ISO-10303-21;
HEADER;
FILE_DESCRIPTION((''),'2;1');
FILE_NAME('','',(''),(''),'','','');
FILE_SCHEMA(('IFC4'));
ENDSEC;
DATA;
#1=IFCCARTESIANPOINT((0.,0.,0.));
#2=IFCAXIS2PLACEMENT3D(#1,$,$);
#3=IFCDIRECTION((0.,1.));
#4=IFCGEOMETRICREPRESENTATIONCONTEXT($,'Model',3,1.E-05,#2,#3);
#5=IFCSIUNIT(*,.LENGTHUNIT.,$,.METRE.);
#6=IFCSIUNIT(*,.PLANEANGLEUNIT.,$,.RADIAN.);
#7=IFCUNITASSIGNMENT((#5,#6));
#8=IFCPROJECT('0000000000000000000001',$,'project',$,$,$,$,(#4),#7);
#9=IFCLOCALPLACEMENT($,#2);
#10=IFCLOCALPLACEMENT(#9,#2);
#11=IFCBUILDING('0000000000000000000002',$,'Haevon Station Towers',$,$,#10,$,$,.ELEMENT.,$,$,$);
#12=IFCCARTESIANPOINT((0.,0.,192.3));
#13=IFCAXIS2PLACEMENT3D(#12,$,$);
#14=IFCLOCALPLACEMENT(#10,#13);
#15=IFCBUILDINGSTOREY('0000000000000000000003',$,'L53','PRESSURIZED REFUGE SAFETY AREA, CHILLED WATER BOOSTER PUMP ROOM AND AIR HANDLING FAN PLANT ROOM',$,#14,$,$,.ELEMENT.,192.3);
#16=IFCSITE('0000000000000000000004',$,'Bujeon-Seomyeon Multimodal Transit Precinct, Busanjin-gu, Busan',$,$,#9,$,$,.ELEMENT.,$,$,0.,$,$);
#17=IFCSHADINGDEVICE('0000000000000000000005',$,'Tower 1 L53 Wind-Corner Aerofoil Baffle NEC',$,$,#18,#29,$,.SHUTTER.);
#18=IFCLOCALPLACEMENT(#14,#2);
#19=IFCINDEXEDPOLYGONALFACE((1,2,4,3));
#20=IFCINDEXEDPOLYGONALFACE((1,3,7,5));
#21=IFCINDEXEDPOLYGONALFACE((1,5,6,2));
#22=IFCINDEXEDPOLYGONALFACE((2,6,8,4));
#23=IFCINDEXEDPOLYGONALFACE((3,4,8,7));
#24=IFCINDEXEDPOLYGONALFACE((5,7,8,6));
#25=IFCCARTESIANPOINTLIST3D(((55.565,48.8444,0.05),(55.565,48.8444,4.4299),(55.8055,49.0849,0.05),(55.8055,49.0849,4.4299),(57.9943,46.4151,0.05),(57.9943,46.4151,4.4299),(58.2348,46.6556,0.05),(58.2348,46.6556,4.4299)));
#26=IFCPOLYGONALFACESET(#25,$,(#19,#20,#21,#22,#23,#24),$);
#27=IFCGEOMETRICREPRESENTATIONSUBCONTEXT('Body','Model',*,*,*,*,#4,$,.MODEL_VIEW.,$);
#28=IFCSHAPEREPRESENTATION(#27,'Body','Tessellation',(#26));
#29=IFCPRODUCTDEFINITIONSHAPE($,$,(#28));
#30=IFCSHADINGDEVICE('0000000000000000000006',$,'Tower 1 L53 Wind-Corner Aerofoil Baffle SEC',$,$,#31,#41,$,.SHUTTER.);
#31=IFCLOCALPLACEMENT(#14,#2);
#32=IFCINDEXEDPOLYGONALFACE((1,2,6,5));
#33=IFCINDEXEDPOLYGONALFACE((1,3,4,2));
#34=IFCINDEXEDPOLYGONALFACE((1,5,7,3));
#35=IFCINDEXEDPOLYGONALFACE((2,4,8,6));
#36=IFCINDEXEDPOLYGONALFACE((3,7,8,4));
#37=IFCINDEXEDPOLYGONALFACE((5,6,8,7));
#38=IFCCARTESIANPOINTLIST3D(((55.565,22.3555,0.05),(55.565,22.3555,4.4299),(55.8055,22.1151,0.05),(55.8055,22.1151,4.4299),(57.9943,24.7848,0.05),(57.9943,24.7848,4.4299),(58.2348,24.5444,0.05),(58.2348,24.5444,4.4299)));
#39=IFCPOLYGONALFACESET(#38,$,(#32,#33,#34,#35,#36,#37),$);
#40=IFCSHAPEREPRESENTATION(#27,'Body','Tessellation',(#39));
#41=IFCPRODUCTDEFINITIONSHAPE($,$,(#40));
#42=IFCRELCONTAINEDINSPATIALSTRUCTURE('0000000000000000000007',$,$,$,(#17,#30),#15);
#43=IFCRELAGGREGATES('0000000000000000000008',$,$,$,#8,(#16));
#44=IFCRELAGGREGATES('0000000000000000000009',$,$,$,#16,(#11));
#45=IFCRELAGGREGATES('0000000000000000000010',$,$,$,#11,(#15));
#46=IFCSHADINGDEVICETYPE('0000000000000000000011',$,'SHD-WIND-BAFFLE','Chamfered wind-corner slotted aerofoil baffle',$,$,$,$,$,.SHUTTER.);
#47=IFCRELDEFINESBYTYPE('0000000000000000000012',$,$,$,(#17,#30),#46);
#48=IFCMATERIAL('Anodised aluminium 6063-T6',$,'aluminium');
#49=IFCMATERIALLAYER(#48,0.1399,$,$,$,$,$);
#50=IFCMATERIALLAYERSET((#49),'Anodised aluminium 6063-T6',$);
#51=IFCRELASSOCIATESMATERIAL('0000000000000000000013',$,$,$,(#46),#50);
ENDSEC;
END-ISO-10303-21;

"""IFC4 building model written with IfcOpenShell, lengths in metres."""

from ifc_helpers import new_model, si_unit, direction, frame, origin, origin_2d, place, context, subcontext, project, spatial, rectangle, extrude, material, layer, layer_set, type_object, element, save


model = new_model("IFC4")

# Units and contexts
model_context = context("Model", 3, precision=1e-05, world=origin(), true_north=direction((0.0, 1.0)))
body_context = subcontext(model_context, "Body", "Model", "MODEL_VIEW")
ifc_project = project(units=[si_unit("LENGTHUNIT", "METRE"), si_unit("PLANEANGLEUNIT", "RADIAN")], contexts=[model_context])

# Site, building, storey
site_placement = place(None, origin())
site = spatial("IfcSite", under=ifc_project, at=site_placement, Name="Bujeon-Seomyeon Multimodal Transit Precinct, Busanjin-gu, Busan", CompositionType="ELEMENT", RefElevation=0.0)
building_placement = place(site_placement, origin())
building = spatial("IfcBuilding", under=site, at=building_placement, Name="Haevon Station Towers", CompositionType="ELEMENT")
storey_placement = place(building_placement, frame((0.0, 0.0, 192.3)))
storey = spatial("IfcBuildingStorey", under=building, at=storey_placement, Name="L53", Description="PRESSURIZED REFUGE SAFETY AREA, CHILLED WATER BOOSTER PUMP ROOM AND AIR HANDLING FAN PLANT ROOM", CompositionType="ELEMENT", Elevation=192.3)

# Shading devices
ifc_material_1 = material(Name="Anodised aluminium 6063-T6", Category="aluminium")
ifc_layer_1 = layer(ifc_material_1, 0.1399)
ifc_layer_set_1 = layer_set([ifc_layer_1], Name="Anodised aluminium 6063-T6")
shading_device_type = type_object("IfcShadingDeviceType", Name="SHD-WIND-BAFFLE", Description="Chamfered wind-corner slotted aerofoil baffle", PredefinedType="SHUTTER", material=ifc_layer_set_1)
for number, where, z_axis, x_axis, name in (
    (1, (56.8999, 47.75, 0.05), (0.0, 0.0, 1.0), (0.707107, -0.707107, 0.0), "Tower 1 L53 Wind-Corner Aerofoil Baffle NEC"),
    (2, (56.8999, 23.45, 0.05), (0.0, 0.0, 1.0), (-0.707107, -0.707107, 0.0), "Tower 1 L53 Wind-Corner Aerofoil Baffle SEC"),
):
    element("IfcShadingDevice", number, at=place(storey_placement, frame(where, z_axis=z_axis, x_axis=x_axis)), inside=storey, type_object=shading_device_type, Name=name, PredefinedType="SHUTTER", context=body_context, shape_type="SweptSolid", body=[
        extrude(rectangle(XDim=3.4355, YDim=0.3401, at=origin_2d()), origin(), (0.0, 0.0, 1.0), 4.3799),
    ])

save(model, "model.ifc")
